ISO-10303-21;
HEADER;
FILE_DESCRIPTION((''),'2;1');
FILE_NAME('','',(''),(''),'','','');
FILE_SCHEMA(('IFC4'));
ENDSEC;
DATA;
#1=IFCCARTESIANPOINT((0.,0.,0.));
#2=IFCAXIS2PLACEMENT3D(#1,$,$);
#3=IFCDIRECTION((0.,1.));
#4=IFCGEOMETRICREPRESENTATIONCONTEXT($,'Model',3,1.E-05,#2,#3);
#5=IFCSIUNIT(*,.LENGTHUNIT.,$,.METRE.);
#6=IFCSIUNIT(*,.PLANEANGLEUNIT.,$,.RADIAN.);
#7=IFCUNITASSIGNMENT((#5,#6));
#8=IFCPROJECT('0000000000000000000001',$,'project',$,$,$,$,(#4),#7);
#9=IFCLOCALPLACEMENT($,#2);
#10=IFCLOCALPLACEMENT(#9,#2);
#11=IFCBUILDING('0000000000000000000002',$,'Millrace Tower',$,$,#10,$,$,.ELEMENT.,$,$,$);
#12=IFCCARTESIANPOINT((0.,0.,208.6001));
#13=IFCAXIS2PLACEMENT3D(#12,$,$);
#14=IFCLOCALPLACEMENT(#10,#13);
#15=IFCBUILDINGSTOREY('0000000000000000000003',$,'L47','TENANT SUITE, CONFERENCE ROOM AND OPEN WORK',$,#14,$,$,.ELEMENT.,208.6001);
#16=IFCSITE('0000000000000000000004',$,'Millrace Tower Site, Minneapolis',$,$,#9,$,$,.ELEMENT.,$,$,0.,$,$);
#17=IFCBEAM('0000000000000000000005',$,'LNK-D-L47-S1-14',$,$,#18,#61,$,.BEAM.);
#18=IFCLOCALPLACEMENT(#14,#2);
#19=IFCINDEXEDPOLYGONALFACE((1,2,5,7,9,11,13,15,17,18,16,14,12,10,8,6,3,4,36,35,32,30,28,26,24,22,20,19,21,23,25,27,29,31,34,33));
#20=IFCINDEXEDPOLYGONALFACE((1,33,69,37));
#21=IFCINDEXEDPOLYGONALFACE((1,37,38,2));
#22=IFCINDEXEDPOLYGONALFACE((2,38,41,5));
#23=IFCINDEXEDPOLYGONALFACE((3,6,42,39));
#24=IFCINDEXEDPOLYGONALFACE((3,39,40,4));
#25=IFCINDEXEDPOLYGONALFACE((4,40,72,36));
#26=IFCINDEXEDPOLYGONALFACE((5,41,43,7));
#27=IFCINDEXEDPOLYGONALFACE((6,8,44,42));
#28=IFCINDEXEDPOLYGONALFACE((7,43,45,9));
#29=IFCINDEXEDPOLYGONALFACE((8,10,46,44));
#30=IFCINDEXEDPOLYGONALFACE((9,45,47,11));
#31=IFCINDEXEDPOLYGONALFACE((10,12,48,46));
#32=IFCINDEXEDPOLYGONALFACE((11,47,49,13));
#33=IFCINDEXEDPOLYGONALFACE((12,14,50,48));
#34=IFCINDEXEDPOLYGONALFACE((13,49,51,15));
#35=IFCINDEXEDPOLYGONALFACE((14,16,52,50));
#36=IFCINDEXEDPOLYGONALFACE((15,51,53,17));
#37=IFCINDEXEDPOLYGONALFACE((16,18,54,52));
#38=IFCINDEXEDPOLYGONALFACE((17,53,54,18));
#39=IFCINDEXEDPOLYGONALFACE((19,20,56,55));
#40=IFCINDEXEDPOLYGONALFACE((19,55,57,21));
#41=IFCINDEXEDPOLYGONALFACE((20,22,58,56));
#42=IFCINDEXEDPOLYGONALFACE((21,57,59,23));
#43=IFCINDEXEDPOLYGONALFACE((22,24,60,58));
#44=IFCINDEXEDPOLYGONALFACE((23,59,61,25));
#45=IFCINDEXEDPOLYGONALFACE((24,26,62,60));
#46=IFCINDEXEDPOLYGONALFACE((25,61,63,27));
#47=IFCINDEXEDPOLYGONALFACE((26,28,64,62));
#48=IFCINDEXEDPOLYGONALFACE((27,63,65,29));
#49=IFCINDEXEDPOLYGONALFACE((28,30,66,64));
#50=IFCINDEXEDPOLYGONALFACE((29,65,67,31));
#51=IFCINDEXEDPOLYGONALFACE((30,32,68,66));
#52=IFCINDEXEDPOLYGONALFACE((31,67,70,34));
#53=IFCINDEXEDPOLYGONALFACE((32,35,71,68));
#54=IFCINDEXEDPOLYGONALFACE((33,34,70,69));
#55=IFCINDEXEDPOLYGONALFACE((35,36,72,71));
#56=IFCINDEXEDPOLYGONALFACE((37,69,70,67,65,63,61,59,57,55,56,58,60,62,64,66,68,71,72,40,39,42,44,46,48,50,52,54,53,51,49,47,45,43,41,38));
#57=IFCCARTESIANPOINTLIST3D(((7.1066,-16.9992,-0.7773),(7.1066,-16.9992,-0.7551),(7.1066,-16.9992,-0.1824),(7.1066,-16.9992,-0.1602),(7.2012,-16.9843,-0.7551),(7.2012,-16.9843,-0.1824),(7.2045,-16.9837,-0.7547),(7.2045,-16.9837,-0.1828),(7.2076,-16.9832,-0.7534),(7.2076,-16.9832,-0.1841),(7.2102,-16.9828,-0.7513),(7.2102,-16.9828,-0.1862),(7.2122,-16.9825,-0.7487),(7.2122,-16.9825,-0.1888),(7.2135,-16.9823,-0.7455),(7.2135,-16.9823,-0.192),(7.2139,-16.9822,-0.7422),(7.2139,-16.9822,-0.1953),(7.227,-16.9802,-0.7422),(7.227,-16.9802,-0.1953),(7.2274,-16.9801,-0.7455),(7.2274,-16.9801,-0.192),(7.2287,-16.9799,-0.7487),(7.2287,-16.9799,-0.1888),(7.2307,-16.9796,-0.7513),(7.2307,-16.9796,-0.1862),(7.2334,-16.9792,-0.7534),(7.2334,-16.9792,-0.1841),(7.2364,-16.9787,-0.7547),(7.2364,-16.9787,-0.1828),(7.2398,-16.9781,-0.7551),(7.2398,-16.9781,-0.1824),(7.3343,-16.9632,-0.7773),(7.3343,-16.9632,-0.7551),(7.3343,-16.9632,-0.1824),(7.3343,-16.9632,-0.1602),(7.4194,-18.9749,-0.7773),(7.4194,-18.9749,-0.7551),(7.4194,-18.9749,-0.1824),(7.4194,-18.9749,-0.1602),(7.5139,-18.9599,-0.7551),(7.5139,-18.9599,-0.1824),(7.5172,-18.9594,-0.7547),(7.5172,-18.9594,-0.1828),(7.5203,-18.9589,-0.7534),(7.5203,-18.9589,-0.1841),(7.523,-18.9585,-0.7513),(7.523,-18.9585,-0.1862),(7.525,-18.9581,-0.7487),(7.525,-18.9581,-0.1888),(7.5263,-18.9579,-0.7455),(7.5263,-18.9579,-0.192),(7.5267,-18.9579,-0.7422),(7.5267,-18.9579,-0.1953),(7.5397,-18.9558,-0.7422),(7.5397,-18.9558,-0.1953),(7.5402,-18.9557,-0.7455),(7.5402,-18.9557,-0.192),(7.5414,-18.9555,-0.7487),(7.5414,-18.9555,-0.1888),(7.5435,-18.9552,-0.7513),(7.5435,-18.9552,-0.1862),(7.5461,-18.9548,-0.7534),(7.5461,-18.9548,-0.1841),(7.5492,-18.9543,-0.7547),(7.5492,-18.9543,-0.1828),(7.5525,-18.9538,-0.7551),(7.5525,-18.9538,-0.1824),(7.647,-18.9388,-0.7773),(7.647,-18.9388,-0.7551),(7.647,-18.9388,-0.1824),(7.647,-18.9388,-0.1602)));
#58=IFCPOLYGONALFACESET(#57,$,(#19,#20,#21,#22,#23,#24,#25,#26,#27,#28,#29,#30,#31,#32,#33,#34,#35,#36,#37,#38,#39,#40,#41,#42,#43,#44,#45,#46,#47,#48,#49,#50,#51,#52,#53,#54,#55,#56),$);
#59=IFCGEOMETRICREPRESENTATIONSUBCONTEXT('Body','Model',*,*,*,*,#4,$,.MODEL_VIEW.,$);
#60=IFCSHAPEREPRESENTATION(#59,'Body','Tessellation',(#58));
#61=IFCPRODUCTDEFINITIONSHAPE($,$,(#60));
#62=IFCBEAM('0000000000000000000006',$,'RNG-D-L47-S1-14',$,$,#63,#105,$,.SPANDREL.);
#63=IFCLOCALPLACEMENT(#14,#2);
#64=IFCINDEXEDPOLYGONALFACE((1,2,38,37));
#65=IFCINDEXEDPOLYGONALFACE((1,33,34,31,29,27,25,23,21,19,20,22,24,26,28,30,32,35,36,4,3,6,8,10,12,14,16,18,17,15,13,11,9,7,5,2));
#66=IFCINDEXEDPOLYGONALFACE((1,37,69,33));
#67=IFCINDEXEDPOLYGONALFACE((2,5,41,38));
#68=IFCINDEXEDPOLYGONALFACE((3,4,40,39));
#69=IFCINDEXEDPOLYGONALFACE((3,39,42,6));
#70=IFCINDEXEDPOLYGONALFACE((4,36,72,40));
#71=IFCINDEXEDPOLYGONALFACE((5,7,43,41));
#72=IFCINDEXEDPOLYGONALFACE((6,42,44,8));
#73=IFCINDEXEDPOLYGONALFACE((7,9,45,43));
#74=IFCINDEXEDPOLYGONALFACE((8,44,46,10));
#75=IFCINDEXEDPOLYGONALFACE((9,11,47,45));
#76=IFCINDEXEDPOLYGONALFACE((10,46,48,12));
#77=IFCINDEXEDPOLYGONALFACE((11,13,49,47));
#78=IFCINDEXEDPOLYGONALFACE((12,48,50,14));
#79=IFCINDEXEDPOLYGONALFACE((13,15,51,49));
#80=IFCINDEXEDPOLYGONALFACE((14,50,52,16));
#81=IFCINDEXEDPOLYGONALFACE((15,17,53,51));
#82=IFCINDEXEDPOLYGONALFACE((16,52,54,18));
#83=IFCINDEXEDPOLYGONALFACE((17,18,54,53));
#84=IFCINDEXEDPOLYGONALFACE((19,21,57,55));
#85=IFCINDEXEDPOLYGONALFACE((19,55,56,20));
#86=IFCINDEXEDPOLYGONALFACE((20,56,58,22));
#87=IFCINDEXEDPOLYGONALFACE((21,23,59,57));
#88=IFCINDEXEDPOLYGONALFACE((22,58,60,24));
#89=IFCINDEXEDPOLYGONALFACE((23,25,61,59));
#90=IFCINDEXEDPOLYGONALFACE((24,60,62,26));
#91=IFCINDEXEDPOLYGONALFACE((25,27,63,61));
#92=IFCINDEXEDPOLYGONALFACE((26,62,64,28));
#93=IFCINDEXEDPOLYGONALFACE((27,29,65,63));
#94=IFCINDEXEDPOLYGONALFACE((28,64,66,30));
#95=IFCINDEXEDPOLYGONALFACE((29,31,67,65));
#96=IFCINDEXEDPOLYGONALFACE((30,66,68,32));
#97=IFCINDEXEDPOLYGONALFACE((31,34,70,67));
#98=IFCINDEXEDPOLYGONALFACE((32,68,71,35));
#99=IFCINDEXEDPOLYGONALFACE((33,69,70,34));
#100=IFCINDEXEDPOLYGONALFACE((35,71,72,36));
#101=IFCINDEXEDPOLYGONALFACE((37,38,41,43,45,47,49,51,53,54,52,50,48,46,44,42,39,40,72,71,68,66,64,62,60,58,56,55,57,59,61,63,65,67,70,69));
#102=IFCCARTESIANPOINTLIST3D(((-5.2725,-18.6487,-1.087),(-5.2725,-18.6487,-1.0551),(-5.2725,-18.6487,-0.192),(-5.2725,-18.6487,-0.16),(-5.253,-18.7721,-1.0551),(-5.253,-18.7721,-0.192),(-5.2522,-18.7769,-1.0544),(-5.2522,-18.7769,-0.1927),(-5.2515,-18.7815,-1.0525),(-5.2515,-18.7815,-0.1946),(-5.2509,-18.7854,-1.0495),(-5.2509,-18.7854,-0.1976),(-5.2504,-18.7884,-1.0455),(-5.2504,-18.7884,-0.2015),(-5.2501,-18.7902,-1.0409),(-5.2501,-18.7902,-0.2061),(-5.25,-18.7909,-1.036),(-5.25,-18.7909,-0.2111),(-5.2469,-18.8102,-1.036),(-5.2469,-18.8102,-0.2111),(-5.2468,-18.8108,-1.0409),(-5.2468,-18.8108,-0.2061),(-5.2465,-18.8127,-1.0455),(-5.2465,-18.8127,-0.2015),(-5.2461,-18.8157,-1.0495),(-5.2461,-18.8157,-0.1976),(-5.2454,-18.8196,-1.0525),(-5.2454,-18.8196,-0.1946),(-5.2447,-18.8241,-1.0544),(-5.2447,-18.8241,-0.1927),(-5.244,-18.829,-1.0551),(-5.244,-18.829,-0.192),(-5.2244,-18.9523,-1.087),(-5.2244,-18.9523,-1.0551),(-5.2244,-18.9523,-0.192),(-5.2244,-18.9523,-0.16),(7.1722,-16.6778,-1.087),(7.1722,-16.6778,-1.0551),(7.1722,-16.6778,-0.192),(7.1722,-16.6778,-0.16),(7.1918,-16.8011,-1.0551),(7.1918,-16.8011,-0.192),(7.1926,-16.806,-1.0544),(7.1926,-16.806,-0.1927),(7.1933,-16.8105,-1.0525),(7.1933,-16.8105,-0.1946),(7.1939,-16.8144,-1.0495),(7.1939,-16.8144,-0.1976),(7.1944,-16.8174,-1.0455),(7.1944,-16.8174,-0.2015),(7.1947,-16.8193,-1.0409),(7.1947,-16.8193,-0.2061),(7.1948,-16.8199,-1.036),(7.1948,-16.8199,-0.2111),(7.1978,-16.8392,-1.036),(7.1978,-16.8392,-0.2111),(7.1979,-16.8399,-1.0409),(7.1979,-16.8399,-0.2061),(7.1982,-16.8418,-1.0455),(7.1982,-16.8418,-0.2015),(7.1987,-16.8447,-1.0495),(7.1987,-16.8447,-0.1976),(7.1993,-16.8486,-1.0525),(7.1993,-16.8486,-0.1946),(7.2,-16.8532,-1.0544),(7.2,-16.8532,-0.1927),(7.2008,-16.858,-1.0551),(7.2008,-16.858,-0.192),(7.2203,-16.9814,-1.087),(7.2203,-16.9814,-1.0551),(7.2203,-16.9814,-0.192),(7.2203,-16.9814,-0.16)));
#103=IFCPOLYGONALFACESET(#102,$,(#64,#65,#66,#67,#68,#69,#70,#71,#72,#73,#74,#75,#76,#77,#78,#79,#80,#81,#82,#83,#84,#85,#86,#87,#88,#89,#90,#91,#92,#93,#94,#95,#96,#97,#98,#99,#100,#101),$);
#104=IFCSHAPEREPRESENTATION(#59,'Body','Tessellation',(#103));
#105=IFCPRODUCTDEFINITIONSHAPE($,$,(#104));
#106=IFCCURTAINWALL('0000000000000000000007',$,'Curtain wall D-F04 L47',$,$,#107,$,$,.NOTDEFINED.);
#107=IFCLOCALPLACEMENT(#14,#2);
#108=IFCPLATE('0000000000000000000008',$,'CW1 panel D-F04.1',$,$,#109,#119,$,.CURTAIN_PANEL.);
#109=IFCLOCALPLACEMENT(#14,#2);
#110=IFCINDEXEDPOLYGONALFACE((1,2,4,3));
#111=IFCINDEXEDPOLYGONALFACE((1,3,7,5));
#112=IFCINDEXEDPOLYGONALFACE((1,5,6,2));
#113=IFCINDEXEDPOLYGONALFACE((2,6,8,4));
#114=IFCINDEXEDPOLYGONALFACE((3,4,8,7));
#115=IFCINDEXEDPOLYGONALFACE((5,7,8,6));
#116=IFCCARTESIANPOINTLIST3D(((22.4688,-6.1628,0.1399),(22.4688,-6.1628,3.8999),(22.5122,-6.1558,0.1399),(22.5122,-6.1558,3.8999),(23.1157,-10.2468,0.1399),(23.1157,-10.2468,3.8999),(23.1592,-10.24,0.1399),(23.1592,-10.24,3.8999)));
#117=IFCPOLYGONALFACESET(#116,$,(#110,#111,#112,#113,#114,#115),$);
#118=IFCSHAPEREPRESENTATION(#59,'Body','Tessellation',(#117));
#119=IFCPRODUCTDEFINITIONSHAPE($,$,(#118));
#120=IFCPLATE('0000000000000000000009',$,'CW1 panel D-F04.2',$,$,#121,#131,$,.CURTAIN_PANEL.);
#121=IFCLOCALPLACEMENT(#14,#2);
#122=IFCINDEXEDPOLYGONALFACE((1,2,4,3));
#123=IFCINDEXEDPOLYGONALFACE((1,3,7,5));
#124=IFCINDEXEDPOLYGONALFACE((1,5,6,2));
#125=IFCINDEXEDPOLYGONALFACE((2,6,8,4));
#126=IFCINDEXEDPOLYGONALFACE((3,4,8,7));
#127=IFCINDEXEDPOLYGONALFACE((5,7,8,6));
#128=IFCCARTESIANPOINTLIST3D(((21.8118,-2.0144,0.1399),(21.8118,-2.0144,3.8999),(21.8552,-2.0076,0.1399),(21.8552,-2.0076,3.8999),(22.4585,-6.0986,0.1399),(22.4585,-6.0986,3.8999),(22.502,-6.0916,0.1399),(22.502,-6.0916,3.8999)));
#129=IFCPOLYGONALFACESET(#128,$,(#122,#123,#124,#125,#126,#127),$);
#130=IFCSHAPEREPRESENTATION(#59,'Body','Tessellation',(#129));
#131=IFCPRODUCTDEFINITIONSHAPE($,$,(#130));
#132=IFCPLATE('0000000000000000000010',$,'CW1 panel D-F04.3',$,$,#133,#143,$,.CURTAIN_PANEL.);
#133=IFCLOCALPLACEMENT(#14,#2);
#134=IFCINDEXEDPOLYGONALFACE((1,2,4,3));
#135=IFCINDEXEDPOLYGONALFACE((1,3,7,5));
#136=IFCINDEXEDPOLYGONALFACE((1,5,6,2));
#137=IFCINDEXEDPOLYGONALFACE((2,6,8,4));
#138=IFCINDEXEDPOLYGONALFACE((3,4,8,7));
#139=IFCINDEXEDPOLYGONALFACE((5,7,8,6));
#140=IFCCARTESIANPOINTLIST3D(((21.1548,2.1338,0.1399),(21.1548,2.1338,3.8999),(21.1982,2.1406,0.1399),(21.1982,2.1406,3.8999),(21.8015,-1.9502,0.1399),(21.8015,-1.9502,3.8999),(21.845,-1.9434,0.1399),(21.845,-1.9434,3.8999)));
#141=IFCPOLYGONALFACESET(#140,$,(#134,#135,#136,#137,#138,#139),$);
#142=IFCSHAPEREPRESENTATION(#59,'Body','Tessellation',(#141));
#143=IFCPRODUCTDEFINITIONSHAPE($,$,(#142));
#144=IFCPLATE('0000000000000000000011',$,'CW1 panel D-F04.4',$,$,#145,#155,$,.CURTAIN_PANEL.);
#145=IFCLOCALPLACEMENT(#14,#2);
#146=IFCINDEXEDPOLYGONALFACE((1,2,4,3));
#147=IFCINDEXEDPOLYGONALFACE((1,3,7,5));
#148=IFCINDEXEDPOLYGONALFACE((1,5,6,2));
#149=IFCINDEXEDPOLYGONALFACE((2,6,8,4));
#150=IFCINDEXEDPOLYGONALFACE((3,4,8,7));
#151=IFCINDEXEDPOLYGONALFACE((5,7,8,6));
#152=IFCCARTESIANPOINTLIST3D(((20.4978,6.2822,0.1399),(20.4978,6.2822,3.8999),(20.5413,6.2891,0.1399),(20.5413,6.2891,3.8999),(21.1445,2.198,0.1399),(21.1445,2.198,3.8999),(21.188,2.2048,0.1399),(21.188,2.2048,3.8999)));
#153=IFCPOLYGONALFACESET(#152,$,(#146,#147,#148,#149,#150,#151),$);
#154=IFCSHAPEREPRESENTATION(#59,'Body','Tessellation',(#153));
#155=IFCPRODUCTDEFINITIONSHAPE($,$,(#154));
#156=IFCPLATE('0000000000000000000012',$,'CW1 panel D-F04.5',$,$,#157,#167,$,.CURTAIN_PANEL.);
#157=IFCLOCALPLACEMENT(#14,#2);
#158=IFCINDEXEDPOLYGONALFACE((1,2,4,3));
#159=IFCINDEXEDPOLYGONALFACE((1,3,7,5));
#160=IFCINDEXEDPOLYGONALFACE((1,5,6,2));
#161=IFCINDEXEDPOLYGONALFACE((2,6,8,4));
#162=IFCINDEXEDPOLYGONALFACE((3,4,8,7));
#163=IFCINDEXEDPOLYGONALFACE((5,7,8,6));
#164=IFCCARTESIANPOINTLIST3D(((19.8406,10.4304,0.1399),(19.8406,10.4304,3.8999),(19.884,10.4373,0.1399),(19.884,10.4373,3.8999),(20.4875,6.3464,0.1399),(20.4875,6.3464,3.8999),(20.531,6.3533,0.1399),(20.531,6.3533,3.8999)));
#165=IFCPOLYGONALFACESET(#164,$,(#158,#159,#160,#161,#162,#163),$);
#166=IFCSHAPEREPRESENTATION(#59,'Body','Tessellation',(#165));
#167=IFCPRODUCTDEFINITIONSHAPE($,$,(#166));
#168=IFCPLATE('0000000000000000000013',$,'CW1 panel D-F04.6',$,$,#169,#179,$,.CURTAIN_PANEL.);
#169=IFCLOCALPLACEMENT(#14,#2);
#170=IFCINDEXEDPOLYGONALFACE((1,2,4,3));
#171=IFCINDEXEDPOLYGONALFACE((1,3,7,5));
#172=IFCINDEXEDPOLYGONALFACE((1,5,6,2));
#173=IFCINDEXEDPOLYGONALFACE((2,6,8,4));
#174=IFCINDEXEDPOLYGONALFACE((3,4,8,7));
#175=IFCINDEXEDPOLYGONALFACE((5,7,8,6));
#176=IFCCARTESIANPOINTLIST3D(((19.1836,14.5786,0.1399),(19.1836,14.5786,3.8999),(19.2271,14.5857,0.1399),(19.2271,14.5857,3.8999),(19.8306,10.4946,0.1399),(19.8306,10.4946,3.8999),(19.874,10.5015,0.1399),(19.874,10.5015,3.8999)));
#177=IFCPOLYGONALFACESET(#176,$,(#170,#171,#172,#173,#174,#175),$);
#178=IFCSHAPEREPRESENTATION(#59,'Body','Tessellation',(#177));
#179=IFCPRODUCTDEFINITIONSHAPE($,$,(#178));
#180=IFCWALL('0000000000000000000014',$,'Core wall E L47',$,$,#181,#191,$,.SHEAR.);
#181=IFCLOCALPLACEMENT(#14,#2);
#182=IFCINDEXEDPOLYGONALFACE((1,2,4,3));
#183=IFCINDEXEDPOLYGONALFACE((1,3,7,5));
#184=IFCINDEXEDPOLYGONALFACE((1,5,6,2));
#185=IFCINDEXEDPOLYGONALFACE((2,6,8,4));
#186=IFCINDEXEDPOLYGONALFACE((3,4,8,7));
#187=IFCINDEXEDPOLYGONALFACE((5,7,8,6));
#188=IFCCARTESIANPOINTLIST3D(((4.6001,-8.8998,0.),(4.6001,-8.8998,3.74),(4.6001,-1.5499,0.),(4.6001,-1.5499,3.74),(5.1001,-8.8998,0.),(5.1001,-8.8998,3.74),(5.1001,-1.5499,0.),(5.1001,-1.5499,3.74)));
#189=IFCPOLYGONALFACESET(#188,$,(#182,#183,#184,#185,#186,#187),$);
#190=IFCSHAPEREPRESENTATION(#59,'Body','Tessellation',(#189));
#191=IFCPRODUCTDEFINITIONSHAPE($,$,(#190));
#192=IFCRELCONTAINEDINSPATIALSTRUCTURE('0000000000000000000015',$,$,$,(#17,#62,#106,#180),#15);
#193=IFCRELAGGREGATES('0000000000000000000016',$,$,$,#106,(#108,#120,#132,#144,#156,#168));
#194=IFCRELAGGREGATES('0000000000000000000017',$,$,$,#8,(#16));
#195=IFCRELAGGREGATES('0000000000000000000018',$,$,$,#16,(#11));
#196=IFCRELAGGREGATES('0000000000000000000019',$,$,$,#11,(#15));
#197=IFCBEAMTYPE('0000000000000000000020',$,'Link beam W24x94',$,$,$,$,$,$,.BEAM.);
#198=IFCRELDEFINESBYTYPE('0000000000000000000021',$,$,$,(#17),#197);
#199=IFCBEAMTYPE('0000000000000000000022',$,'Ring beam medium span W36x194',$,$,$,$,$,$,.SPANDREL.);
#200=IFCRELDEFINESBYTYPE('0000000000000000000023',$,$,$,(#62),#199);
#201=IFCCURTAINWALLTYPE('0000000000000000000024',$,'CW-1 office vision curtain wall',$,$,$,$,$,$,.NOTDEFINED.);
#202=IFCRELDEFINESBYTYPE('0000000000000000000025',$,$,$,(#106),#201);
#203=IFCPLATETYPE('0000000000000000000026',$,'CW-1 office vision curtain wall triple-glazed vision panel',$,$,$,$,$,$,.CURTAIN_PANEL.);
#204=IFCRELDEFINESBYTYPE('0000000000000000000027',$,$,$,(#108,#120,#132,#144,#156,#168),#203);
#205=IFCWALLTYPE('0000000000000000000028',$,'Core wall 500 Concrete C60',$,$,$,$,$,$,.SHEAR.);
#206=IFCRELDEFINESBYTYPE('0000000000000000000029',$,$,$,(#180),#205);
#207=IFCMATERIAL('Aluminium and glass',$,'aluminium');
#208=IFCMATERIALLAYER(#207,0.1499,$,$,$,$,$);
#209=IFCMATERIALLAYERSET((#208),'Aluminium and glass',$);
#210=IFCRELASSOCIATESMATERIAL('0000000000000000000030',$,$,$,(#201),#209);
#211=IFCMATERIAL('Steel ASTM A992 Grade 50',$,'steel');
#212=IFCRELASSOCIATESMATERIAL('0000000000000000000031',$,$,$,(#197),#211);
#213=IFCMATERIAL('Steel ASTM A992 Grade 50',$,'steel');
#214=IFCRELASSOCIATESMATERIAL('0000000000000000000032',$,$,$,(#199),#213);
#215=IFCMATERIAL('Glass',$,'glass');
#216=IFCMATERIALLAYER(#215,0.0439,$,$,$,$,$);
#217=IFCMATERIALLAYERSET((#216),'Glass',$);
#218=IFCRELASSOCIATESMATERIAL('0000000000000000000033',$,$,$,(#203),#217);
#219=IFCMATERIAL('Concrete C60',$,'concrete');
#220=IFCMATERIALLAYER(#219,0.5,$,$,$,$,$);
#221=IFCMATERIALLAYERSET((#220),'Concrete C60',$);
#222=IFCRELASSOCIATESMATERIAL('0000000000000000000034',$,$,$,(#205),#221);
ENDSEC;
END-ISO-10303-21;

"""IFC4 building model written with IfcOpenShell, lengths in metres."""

from ifc_helpers import new_model, si_unit, direction, frame, frame_2d, origin, origin_2d, place, context, subcontext, project, spatial, polyline, rectangle, i_section, outline, extrude, material, layer, layer_set, material_profile, profile_set, type_object, element, aggregate, save


model = new_model("IFC4")

# Units and contexts
model_context = context("Model", 3, precision=1e-05, world=origin(), true_north=direction((0.0, 1.0)))
body_context = subcontext(model_context, "Body", "Model", "MODEL_VIEW")
ifc_project = project(units=[si_unit("LENGTHUNIT", "METRE"), si_unit("PLANEANGLEUNIT", "RADIAN")], contexts=[model_context])

# Site, building, storey
site_placement = place(None, origin())
site = spatial("IfcSite", under=ifc_project, at=site_placement, Name="Millrace Tower Site, Minneapolis", CompositionType="ELEMENT", RefElevation=0.0)
building_placement = place(site_placement, origin())
building = spatial("IfcBuilding", under=site, at=building_placement, Name="Millrace Tower", CompositionType="ELEMENT")
storey_placement = place(building_placement, frame((0.0, 0.0, 208.6001)))
storey = spatial("IfcBuildingStorey", under=building, at=storey_placement, Name="L47", Description="TENANT SUITE, CONFERENCE ROOM AND OPEN WORK", CompositionType="ELEMENT", Elevation=208.6001)

# Shared definitions
ifc_material_1 = material(Name="Aluminium and glass", Category="aluminium")
ifc_layer_1 = layer(ifc_material_1, 0.1499)
ifc_layer_set_1 = layer_set([ifc_layer_1], Name="Aluminium and glass")
curtain_wall_type = type_object("IfcCurtainWallType", Name="CW-1 office vision curtain wall", PredefinedType="NOTDEFINED", material=ifc_layer_set_1)
placement_1 = place(storey_placement, origin())

# Beams
ifc_material_2 = material(Name="Steel ASTM A992 Grade 50", Category="steel")
ifc_material_profile_1 = material_profile(ifc_material_2, i_section(OverallWidth=0.2305, OverallDepth=0.6172, WebThickness=0.0132, FlangeThickness=0.0222, FilletRadius=0.0129, at=origin_2d()))
ifc_profile_set_1 = profile_set([ifc_material_profile_1], Name="Steel ASTM A992 Grade 50")
beam_type_1 = type_object("IfcBeamType", Name="Link beam W24x94", PredefinedType="BEAM", material=ifc_profile_set_1)
beam_1_placement = place(storey_placement, frame((7.2205, -16.9812, -0.4688), z_axis=(0.156357, -0.987701, 0.0), x_axis=(0.987701, 0.156357, 0.0)))
element("IfcBeam", 1, at=beam_1_placement, inside=storey, type_object=beam_type_1, Name="LNK-D-L47-S1-14", PredefinedType="BEAM", context=body_context, shape_type="SweptSolid", body=[
    extrude(i_section(OverallWidth=0.2305, OverallDepth=0.6172, WebThickness=0.0132, FlangeThickness=0.0222, FilletRadius=0.0129, at=origin_2d()), origin(), (0.0, 0.0, 1.0), 2.0002),
])
ifc_material_3 = material(Name="Steel ASTM A992 Grade 50", Category="steel")
ifc_material_profile_2 = material_profile(ifc_material_3, i_section(OverallWidth=0.3074, OverallDepth=0.927, WebThickness=0.0195, FlangeThickness=0.032, FilletRadius=0.019, at=origin_2d()))
ifc_profile_set_2 = profile_set([ifc_material_profile_2], Name="Steel ASTM A992 Grade 50")
beam_type_2 = type_object("IfcBeamType", Name="Ring beam medium span W36x194", PredefinedType="SPANDREL", material=ifc_profile_set_2)
beam_2_placement = place(storey_placement, frame((7.1963, -16.8296, -0.6235), z_axis=(-0.98769, -0.156425, 0.0), x_axis=(0.156425, -0.98769, 0.0)))
element("IfcBeam", 2, at=beam_2_placement, inside=storey, type_object=beam_type_2, Name="RNG-D-L47-S1-14", PredefinedType="SPANDREL", context=body_context, shape_type="SweptSolid", body=[
    extrude(i_section(OverallWidth=0.3074, OverallDepth=0.927, WebThickness=0.0195, FlangeThickness=0.032, FilletRadius=0.019, at=origin_2d()), origin(), (0.0, 0.0, 1.0), 12.5999),
])

# Curtain wall, plates
curtain_wall_1 = element("IfcCurtainWall", 3, at=placement_1, inside=storey, type_object=curtain_wall_type, Name="Curtain wall D-F04 L47", PredefinedType="NOTDEFINED")
ifc_material_4 = material(Name="Glass", Category="glass")
ifc_layer_2 = layer(ifc_material_4, 0.0439)
ifc_layer_set_2 = layer_set([ifc_layer_2], Name="Glass")
plate_type = type_object("IfcPlateType", Name="CW-1 office vision curtain wall triple-glazed vision panel", PredefinedType="CURTAIN_PANEL", material=ifc_layer_set_2)
placement_2 = place(storey_placement, frame((0.0, 0.0, 0.1399)))
plate_1 = element("IfcPlate", 4, at=placement_2, type_object=plate_type, Name="CW1 panel D-F04.1", PredefinedType="CURTAIN_PANEL", context=body_context, shape_type="SweptSolid", body=[
    extrude(outline(polyline([(23.1592, -10.24), (22.5122, -6.1558), (22.4688, -6.1628), (23.1157, -10.2468), (23.1592, -10.24)])), origin(), (0.0, 0.0, 1.0), 3.76),
])
plate_2 = element("IfcPlate", 5, at=placement_2, type_object=plate_type, Name="CW1 panel D-F04.2", PredefinedType="CURTAIN_PANEL", context=body_context, shape_type="SweptSolid", body=[
    extrude(outline(polyline([(22.502, -6.0916), (21.8552, -2.0076), (21.8118, -2.0144), (22.4585, -6.0986), (22.502, -6.0916)])), origin(), (0.0, 0.0, 1.0), 3.76),
])
plate_3 = element("IfcPlate", 6, at=placement_2, type_object=plate_type, Name="CW1 panel D-F04.3", PredefinedType="CURTAIN_PANEL", context=body_context, shape_type="SweptSolid", body=[
    extrude(outline(polyline([(21.845, -1.9434), (21.1982, 2.1406), (21.1548, 2.1338), (21.8015, -1.9502), (21.845, -1.9434)])), origin(), (0.0, 0.0, 1.0), 3.76),
])
plate_4 = element("IfcPlate", 7, at=placement_2, type_object=plate_type, Name="CW1 panel D-F04.4", PredefinedType="CURTAIN_PANEL", context=body_context, shape_type="SweptSolid", body=[
    extrude(outline(polyline([(21.188, 2.2048), (20.5413, 6.2891), (20.4978, 6.2822), (21.1445, 2.198), (21.188, 2.2048)])), origin(), (0.0, 0.0, 1.0), 3.76),
])
plate_5 = element("IfcPlate", 8, at=placement_2, type_object=plate_type, Name="CW1 panel D-F04.5", PredefinedType="CURTAIN_PANEL", context=body_context, shape_type="SweptSolid", body=[
    extrude(outline(polyline([(20.531, 6.3533), (19.884, 10.4373), (19.8406, 10.4304), (20.4875, 6.3464), (20.531, 6.3533)])), origin(), (0.0, 0.0, 1.0), 3.76),
])
plate_6 = element("IfcPlate", 9, at=placement_2, type_object=plate_type, Name="CW1 panel D-F04.6", PredefinedType="CURTAIN_PANEL", context=body_context, shape_type="SweptSolid", body=[
    extrude(outline(polyline([(19.874, 10.5015), (19.2271, 14.5857), (19.1836, 14.5786), (19.8306, 10.4946), (19.874, 10.5015)])), origin(), (0.0, 0.0, 1.0), 3.76),
])
aggregate(curtain_wall_1, [plate_1, plate_2, plate_3, plate_4, plate_5, plate_6])

# Wall
ifc_material_5 = material(Name="Concrete C60", Category="concrete")
ifc_layer_3 = layer(ifc_material_5, 0.5)
ifc_layer_set_3 = layer_set([ifc_layer_3], Name="Concrete C60")
wall_type_1 = type_object("IfcWallType", Name="Core wall 500 Concrete C60", PredefinedType="SHEAR", material=ifc_layer_set_3)
wall_1_placement = place(storey_placement, frame((4.8501, -1.55, 0.0), z_axis=(0.0, 0.0, 1.0), x_axis=(0.0, -1.0, 0.0)))
element("IfcWall", 10, at=wall_1_placement, inside=storey, type_object=wall_type_1, Name="Core wall E L47", PredefinedType="SHEAR", context=body_context, shape_type="SweptSolid", body=[
    extrude(rectangle(XDim=7.3499, YDim=0.5, at=frame_2d((3.6748, 0.0))), origin(), (0.0, 0.0, 1.0), 3.74),
])

save(model, "model.ifc")
